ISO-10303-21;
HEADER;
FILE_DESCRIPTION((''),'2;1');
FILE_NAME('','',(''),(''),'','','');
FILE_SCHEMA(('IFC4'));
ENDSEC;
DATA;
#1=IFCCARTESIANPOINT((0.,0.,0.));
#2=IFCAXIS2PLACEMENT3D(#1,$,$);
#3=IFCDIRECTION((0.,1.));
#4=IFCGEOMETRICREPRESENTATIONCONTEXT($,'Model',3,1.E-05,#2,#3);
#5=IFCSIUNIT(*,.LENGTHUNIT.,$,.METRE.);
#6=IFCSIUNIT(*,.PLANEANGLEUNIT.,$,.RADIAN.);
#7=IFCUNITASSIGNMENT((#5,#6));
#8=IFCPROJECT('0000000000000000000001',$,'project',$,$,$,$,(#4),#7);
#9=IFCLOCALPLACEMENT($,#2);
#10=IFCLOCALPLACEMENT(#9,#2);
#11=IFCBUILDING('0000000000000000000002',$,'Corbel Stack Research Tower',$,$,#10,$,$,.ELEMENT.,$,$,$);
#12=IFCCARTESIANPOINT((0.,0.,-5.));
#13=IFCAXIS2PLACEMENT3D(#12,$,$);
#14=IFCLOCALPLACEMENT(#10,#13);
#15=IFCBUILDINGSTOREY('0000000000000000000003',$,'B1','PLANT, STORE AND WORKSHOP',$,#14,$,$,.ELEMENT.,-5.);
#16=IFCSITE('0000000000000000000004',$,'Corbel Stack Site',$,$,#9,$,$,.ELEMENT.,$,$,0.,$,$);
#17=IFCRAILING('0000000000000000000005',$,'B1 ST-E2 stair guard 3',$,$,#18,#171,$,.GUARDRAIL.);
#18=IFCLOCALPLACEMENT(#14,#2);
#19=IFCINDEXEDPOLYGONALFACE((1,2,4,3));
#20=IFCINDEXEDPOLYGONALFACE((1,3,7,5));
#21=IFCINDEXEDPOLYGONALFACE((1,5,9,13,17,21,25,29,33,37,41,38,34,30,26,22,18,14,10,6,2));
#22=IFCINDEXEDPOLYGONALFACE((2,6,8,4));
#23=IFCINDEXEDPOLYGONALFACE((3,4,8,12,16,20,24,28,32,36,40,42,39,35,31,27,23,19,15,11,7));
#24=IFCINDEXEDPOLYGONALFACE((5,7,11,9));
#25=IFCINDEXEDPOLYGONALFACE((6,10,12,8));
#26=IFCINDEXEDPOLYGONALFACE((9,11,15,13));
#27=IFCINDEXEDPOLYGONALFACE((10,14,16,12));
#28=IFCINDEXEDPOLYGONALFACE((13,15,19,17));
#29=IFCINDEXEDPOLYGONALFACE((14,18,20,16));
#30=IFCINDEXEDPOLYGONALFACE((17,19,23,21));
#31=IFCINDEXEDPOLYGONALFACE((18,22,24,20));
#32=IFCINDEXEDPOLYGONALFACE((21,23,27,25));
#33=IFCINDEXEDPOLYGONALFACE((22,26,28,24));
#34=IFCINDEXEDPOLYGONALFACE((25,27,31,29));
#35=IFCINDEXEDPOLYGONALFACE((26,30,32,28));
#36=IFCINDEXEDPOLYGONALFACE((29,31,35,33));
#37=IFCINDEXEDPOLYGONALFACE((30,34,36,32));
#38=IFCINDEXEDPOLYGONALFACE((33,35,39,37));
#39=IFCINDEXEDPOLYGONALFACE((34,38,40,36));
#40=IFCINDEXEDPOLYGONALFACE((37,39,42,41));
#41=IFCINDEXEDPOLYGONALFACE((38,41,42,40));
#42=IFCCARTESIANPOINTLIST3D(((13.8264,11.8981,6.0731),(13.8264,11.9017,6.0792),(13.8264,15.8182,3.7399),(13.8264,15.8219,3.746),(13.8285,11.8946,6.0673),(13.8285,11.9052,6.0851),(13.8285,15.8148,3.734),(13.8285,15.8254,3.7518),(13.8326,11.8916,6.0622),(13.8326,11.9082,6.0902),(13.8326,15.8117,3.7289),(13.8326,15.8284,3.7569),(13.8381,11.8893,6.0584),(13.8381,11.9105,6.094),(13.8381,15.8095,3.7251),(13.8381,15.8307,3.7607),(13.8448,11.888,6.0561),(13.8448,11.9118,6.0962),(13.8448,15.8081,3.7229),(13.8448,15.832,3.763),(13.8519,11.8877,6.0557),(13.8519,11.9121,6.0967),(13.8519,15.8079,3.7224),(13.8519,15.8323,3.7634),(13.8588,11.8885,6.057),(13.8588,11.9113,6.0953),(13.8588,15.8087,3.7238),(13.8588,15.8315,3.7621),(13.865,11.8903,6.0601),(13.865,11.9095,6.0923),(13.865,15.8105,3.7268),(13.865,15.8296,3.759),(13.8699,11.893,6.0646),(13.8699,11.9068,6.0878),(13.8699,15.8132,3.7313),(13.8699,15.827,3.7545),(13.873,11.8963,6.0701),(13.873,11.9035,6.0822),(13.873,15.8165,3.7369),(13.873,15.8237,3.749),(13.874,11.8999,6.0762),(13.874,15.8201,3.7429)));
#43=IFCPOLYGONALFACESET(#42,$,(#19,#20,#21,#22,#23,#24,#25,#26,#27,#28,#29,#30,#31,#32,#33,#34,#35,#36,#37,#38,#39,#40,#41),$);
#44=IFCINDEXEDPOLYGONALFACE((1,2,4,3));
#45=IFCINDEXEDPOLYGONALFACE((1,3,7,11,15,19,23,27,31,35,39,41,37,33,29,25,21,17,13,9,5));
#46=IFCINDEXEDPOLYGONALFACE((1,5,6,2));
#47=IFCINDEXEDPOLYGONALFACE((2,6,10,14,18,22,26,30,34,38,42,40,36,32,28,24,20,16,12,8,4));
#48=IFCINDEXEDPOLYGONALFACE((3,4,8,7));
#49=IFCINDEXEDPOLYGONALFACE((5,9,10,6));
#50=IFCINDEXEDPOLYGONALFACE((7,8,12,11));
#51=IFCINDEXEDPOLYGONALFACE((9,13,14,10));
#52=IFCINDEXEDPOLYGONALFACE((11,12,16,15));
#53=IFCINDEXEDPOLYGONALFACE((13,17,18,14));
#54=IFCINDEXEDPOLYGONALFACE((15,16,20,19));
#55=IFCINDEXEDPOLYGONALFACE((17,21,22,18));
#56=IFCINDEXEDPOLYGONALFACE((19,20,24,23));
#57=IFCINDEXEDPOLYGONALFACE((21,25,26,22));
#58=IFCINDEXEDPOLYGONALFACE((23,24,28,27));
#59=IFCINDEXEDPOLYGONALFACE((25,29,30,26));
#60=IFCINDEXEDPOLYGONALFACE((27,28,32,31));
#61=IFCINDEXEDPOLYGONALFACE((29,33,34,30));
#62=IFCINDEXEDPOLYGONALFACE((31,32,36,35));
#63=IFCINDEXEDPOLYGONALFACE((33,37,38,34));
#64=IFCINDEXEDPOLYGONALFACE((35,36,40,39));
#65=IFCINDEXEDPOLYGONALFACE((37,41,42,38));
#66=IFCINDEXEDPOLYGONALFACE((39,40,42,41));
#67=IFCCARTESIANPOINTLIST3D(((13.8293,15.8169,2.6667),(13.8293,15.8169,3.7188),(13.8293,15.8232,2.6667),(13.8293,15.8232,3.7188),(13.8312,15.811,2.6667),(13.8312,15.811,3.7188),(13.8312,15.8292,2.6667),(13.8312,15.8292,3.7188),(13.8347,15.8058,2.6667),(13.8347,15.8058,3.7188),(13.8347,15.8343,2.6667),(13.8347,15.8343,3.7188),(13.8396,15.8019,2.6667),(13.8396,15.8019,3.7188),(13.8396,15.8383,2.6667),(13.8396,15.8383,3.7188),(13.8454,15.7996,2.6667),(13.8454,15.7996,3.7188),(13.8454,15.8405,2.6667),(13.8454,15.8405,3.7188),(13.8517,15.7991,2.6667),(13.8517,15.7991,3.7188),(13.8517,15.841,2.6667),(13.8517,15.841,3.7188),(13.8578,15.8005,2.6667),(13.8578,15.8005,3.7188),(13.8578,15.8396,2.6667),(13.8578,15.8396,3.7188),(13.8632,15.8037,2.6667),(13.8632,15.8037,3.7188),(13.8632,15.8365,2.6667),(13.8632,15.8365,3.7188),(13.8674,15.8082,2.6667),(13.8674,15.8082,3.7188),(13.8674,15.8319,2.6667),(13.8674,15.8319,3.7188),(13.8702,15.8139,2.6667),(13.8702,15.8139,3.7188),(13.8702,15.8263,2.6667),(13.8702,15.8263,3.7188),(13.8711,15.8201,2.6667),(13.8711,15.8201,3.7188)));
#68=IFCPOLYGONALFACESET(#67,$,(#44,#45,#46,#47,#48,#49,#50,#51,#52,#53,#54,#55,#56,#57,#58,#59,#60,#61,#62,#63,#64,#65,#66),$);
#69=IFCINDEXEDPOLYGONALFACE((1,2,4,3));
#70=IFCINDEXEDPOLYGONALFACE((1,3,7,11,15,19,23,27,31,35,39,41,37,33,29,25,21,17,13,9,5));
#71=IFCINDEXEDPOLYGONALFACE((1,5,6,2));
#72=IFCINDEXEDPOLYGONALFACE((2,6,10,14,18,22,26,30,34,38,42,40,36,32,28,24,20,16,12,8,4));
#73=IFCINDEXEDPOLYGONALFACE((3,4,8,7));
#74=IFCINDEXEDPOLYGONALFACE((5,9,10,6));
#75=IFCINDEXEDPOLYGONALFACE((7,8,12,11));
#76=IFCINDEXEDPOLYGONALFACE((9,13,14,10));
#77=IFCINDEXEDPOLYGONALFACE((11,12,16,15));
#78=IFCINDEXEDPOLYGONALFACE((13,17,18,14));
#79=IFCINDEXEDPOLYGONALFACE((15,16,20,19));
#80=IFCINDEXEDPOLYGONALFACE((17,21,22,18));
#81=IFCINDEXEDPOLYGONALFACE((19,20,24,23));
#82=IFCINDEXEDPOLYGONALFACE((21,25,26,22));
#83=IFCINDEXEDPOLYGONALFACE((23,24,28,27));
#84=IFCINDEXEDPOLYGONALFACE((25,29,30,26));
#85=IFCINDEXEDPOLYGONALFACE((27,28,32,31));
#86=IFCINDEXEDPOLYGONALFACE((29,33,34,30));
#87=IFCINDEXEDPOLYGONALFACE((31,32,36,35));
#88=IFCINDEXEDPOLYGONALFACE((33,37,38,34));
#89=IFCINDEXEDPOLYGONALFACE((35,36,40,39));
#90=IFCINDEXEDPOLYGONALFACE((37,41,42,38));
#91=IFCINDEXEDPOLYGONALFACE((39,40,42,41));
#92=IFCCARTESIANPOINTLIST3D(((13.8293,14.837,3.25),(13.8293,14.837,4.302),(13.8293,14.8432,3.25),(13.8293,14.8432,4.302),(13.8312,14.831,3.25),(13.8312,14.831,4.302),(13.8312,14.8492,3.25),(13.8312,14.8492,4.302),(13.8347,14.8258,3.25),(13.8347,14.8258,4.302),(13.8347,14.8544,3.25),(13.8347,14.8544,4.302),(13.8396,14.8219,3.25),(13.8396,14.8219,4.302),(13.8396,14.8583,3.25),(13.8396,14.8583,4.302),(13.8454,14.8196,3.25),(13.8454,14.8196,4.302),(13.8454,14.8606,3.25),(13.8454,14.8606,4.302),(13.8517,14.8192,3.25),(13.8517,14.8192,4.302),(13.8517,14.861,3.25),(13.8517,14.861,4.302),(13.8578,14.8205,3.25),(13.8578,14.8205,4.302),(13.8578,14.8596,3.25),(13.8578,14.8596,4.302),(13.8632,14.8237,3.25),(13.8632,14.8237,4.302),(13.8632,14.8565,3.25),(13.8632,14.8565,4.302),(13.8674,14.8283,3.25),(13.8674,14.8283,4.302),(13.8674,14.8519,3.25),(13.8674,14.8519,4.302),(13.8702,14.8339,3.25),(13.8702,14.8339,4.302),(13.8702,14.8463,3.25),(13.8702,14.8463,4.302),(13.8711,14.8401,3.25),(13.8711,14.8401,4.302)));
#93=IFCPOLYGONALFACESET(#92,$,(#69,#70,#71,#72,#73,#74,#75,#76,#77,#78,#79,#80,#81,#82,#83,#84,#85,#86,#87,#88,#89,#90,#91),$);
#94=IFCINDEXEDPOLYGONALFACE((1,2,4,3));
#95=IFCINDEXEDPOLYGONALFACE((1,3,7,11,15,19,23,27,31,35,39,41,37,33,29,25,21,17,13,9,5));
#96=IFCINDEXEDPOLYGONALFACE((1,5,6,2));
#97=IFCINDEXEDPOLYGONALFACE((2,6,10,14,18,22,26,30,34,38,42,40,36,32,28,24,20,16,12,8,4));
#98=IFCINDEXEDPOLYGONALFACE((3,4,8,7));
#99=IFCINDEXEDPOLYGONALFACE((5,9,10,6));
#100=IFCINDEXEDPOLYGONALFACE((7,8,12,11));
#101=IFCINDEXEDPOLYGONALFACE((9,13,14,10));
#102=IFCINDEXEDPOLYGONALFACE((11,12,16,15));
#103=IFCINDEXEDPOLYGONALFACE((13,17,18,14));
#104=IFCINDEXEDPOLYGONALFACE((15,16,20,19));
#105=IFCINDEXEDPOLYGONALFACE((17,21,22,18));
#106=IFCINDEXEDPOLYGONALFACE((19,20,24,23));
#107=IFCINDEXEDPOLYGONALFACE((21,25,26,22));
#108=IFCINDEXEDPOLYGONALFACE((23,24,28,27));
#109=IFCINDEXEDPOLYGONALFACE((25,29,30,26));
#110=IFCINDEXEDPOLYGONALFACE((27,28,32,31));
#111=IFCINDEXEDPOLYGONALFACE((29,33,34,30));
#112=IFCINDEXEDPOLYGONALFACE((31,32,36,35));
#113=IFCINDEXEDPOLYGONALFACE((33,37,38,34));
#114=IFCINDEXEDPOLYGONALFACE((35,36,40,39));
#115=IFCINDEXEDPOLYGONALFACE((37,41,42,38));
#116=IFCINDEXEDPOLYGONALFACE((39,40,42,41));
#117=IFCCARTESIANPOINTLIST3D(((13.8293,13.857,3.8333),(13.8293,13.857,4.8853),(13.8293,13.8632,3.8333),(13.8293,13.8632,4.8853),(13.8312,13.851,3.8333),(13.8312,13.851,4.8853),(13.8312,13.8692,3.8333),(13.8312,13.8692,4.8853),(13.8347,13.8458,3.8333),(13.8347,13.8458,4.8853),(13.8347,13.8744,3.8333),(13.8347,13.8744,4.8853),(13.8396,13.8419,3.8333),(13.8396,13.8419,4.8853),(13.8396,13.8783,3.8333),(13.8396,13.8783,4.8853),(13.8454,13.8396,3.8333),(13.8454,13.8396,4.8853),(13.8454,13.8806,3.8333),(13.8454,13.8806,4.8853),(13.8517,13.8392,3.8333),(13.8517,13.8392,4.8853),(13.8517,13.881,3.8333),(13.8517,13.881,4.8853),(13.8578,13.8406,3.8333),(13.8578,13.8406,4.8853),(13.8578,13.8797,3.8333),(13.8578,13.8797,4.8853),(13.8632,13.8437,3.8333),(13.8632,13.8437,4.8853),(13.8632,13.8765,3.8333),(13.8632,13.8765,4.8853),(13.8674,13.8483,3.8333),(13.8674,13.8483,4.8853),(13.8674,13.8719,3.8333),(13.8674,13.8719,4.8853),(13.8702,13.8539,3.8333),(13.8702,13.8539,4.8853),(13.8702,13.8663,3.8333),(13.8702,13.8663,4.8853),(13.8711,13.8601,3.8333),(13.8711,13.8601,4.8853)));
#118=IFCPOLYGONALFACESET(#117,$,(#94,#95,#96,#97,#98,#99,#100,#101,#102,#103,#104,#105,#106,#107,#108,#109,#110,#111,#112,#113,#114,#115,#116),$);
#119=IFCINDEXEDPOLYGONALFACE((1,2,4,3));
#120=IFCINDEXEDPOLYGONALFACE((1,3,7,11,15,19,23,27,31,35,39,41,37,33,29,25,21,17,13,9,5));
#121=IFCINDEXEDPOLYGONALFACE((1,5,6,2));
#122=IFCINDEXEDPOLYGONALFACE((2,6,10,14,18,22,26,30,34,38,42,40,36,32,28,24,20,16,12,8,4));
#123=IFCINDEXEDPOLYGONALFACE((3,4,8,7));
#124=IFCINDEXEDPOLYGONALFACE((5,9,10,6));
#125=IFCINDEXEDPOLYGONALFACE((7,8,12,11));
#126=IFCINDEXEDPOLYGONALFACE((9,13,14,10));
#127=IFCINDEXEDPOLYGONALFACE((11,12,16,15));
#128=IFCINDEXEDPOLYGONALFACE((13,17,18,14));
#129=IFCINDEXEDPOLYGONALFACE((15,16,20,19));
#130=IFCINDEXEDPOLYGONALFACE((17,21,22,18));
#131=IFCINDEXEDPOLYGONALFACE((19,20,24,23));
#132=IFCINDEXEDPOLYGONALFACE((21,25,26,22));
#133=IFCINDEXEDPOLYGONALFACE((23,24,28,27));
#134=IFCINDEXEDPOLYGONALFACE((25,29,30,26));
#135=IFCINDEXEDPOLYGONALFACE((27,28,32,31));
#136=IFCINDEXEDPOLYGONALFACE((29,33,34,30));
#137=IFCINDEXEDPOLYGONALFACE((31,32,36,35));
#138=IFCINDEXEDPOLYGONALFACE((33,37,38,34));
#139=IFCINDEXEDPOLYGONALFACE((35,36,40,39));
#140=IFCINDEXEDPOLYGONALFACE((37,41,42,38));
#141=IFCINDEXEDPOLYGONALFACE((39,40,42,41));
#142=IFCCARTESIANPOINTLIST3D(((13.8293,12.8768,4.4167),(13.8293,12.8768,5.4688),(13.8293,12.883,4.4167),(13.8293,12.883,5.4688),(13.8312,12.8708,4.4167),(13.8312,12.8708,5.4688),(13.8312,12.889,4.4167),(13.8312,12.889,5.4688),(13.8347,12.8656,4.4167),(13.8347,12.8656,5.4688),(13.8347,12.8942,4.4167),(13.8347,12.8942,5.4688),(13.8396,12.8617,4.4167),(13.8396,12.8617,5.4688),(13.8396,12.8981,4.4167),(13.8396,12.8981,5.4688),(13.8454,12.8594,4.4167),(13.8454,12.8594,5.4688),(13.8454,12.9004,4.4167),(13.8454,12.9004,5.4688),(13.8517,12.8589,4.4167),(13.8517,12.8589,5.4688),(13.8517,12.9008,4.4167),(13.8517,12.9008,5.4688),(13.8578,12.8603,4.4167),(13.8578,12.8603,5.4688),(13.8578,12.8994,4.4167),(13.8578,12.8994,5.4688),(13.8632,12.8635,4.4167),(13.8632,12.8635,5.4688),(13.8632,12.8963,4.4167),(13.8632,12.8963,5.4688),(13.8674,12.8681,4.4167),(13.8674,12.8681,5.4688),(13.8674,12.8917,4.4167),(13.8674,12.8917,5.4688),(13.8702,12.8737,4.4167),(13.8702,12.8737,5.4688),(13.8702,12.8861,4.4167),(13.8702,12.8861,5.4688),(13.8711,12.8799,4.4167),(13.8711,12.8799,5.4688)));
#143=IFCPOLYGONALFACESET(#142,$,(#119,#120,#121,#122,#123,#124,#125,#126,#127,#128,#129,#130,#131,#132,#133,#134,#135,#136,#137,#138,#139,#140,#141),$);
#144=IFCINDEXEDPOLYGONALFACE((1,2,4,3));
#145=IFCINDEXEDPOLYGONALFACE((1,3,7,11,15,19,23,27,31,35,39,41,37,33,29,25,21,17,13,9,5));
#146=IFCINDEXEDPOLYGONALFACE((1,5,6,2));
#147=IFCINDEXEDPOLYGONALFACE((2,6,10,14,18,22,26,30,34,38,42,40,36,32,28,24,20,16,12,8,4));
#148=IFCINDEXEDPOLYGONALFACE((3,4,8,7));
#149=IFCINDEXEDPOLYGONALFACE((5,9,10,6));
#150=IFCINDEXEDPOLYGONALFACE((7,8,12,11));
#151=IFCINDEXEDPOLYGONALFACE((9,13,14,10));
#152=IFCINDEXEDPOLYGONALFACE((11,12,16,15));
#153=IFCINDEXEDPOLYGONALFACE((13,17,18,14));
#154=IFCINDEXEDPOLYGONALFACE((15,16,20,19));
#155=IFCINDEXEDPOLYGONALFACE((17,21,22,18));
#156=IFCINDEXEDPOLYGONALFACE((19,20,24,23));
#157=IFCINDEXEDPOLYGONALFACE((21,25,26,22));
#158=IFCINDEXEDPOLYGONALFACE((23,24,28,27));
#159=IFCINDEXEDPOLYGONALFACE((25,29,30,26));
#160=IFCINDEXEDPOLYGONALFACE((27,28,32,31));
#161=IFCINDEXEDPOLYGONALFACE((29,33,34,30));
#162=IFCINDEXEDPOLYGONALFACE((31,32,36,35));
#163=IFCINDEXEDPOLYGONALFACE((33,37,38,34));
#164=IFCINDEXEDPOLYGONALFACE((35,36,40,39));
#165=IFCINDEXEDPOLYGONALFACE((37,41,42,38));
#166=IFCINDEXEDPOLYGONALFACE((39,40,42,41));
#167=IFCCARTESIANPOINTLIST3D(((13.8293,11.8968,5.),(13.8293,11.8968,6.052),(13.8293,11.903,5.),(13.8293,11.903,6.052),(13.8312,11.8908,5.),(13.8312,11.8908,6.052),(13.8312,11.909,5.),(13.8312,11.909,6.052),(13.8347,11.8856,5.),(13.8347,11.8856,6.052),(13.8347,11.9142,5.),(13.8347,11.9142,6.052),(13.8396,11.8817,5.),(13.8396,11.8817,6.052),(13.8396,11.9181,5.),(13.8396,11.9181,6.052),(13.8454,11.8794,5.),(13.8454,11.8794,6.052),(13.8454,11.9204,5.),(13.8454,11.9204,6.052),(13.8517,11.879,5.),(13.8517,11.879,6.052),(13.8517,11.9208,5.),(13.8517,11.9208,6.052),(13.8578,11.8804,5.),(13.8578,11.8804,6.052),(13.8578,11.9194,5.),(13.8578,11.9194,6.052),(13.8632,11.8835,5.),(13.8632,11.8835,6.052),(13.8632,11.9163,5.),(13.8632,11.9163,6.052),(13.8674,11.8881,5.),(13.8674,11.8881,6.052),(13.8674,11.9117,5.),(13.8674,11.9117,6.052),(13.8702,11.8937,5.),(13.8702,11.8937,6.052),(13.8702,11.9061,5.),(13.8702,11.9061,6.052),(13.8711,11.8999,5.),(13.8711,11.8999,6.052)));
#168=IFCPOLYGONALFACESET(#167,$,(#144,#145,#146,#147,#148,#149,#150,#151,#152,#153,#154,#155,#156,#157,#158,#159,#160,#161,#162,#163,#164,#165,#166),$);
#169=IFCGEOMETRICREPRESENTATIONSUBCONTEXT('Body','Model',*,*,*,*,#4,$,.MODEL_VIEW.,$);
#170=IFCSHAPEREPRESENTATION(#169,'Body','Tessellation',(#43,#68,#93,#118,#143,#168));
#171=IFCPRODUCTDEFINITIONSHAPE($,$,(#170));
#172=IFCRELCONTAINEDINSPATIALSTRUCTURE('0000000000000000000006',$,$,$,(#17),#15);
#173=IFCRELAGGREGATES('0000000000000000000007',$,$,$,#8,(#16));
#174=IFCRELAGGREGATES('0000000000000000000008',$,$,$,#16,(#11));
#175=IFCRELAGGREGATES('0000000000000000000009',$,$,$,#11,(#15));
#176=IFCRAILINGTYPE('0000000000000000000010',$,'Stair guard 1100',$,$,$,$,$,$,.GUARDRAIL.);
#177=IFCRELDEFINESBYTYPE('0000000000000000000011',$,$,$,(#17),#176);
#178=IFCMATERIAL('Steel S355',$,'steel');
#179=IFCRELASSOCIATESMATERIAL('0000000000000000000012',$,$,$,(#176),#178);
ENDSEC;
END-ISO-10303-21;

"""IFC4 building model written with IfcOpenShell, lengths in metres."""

from ifc_helpers import new_model, si_unit, direction, frame, origin, origin_2d, place, context, subcontext, project, spatial, circle, extrude, material, type_object, element, save


model = new_model("IFC4")

# Units and contexts
model_context = context("Model", 3, precision=1e-05, world=origin(), true_north=direction((0.0, 1.0)))
body_context = subcontext(model_context, "Body", "Model", "MODEL_VIEW")
ifc_project = project(units=[si_unit("LENGTHUNIT", "METRE"), si_unit("PLANEANGLEUNIT", "RADIAN")], contexts=[model_context])

# Site, building, storey
site_placement = place(None, origin())
site = spatial("IfcSite", under=ifc_project, at=site_placement, Name="Corbel Stack Site", CompositionType="ELEMENT", RefElevation=0.0)
building_placement = place(site_placement, origin())
building = spatial("IfcBuilding", under=site, at=building_placement, Name="Corbel Stack Research Tower", CompositionType="ELEMENT")
storey_placement = place(building_placement, frame((0.0, 0.0, -5.0)))
storey = spatial("IfcBuildingStorey", under=building, at=storey_placement, Name="B1", Description="PLANT, STORE AND WORKSHOP", CompositionType="ELEMENT", Elevation=-5.0)

# Railing
ifc_material_1 = material(Name="Steel S355", Category="steel")
railing_type_1 = type_object("IfcRailingType", Name="Stair guard 1100", PredefinedType="GUARDRAIL", material=ifc_material_1)
railing_1_placement = place(storey_placement, frame((13.8501, 15.8201, 2.6667)))
element("IfcRailing", 1, at=railing_1_placement, inside=storey, type_object=railing_type_1, Name="B1 ST-E2 stair guard 3", PredefinedType="GUARDRAIL", context=body_context, shape_type="SweptSolid", body=[
    extrude(circle(Radius=0.0239, at=origin_2d()), frame((0.0, 0.0, 1.0762), z_axis=(0.0, -0.85931, 0.511455), x_axis=(1.0, 0.0, 0.0)), (0.0, 0.0, 1.0), 4.562),
    extrude(circle(Radius=0.021, at=origin_2d()), origin(), (0.0, 0.0, 1.0), 1.052),
    extrude(circle(Radius=0.021, at=origin_2d()), frame((0.0, -0.98, 0.5833)), (0.0, 0.0, 1.0), 1.052),
    extrude(circle(Radius=0.021, at=origin_2d()), frame((0.0, -1.96, 1.1665)), (0.0, 0.0, 1.0), 1.052),
    extrude(circle(Radius=0.021, at=origin_2d()), frame((0.0, -2.9402, 1.75)), (0.0, 0.0, 1.0), 1.052),
    extrude(circle(Radius=0.021, at=origin_2d()), frame((0.0, -3.9202, 2.3333)), (0.0, 0.0, 1.0), 1.052),
])

save(model, "model.ifc")
